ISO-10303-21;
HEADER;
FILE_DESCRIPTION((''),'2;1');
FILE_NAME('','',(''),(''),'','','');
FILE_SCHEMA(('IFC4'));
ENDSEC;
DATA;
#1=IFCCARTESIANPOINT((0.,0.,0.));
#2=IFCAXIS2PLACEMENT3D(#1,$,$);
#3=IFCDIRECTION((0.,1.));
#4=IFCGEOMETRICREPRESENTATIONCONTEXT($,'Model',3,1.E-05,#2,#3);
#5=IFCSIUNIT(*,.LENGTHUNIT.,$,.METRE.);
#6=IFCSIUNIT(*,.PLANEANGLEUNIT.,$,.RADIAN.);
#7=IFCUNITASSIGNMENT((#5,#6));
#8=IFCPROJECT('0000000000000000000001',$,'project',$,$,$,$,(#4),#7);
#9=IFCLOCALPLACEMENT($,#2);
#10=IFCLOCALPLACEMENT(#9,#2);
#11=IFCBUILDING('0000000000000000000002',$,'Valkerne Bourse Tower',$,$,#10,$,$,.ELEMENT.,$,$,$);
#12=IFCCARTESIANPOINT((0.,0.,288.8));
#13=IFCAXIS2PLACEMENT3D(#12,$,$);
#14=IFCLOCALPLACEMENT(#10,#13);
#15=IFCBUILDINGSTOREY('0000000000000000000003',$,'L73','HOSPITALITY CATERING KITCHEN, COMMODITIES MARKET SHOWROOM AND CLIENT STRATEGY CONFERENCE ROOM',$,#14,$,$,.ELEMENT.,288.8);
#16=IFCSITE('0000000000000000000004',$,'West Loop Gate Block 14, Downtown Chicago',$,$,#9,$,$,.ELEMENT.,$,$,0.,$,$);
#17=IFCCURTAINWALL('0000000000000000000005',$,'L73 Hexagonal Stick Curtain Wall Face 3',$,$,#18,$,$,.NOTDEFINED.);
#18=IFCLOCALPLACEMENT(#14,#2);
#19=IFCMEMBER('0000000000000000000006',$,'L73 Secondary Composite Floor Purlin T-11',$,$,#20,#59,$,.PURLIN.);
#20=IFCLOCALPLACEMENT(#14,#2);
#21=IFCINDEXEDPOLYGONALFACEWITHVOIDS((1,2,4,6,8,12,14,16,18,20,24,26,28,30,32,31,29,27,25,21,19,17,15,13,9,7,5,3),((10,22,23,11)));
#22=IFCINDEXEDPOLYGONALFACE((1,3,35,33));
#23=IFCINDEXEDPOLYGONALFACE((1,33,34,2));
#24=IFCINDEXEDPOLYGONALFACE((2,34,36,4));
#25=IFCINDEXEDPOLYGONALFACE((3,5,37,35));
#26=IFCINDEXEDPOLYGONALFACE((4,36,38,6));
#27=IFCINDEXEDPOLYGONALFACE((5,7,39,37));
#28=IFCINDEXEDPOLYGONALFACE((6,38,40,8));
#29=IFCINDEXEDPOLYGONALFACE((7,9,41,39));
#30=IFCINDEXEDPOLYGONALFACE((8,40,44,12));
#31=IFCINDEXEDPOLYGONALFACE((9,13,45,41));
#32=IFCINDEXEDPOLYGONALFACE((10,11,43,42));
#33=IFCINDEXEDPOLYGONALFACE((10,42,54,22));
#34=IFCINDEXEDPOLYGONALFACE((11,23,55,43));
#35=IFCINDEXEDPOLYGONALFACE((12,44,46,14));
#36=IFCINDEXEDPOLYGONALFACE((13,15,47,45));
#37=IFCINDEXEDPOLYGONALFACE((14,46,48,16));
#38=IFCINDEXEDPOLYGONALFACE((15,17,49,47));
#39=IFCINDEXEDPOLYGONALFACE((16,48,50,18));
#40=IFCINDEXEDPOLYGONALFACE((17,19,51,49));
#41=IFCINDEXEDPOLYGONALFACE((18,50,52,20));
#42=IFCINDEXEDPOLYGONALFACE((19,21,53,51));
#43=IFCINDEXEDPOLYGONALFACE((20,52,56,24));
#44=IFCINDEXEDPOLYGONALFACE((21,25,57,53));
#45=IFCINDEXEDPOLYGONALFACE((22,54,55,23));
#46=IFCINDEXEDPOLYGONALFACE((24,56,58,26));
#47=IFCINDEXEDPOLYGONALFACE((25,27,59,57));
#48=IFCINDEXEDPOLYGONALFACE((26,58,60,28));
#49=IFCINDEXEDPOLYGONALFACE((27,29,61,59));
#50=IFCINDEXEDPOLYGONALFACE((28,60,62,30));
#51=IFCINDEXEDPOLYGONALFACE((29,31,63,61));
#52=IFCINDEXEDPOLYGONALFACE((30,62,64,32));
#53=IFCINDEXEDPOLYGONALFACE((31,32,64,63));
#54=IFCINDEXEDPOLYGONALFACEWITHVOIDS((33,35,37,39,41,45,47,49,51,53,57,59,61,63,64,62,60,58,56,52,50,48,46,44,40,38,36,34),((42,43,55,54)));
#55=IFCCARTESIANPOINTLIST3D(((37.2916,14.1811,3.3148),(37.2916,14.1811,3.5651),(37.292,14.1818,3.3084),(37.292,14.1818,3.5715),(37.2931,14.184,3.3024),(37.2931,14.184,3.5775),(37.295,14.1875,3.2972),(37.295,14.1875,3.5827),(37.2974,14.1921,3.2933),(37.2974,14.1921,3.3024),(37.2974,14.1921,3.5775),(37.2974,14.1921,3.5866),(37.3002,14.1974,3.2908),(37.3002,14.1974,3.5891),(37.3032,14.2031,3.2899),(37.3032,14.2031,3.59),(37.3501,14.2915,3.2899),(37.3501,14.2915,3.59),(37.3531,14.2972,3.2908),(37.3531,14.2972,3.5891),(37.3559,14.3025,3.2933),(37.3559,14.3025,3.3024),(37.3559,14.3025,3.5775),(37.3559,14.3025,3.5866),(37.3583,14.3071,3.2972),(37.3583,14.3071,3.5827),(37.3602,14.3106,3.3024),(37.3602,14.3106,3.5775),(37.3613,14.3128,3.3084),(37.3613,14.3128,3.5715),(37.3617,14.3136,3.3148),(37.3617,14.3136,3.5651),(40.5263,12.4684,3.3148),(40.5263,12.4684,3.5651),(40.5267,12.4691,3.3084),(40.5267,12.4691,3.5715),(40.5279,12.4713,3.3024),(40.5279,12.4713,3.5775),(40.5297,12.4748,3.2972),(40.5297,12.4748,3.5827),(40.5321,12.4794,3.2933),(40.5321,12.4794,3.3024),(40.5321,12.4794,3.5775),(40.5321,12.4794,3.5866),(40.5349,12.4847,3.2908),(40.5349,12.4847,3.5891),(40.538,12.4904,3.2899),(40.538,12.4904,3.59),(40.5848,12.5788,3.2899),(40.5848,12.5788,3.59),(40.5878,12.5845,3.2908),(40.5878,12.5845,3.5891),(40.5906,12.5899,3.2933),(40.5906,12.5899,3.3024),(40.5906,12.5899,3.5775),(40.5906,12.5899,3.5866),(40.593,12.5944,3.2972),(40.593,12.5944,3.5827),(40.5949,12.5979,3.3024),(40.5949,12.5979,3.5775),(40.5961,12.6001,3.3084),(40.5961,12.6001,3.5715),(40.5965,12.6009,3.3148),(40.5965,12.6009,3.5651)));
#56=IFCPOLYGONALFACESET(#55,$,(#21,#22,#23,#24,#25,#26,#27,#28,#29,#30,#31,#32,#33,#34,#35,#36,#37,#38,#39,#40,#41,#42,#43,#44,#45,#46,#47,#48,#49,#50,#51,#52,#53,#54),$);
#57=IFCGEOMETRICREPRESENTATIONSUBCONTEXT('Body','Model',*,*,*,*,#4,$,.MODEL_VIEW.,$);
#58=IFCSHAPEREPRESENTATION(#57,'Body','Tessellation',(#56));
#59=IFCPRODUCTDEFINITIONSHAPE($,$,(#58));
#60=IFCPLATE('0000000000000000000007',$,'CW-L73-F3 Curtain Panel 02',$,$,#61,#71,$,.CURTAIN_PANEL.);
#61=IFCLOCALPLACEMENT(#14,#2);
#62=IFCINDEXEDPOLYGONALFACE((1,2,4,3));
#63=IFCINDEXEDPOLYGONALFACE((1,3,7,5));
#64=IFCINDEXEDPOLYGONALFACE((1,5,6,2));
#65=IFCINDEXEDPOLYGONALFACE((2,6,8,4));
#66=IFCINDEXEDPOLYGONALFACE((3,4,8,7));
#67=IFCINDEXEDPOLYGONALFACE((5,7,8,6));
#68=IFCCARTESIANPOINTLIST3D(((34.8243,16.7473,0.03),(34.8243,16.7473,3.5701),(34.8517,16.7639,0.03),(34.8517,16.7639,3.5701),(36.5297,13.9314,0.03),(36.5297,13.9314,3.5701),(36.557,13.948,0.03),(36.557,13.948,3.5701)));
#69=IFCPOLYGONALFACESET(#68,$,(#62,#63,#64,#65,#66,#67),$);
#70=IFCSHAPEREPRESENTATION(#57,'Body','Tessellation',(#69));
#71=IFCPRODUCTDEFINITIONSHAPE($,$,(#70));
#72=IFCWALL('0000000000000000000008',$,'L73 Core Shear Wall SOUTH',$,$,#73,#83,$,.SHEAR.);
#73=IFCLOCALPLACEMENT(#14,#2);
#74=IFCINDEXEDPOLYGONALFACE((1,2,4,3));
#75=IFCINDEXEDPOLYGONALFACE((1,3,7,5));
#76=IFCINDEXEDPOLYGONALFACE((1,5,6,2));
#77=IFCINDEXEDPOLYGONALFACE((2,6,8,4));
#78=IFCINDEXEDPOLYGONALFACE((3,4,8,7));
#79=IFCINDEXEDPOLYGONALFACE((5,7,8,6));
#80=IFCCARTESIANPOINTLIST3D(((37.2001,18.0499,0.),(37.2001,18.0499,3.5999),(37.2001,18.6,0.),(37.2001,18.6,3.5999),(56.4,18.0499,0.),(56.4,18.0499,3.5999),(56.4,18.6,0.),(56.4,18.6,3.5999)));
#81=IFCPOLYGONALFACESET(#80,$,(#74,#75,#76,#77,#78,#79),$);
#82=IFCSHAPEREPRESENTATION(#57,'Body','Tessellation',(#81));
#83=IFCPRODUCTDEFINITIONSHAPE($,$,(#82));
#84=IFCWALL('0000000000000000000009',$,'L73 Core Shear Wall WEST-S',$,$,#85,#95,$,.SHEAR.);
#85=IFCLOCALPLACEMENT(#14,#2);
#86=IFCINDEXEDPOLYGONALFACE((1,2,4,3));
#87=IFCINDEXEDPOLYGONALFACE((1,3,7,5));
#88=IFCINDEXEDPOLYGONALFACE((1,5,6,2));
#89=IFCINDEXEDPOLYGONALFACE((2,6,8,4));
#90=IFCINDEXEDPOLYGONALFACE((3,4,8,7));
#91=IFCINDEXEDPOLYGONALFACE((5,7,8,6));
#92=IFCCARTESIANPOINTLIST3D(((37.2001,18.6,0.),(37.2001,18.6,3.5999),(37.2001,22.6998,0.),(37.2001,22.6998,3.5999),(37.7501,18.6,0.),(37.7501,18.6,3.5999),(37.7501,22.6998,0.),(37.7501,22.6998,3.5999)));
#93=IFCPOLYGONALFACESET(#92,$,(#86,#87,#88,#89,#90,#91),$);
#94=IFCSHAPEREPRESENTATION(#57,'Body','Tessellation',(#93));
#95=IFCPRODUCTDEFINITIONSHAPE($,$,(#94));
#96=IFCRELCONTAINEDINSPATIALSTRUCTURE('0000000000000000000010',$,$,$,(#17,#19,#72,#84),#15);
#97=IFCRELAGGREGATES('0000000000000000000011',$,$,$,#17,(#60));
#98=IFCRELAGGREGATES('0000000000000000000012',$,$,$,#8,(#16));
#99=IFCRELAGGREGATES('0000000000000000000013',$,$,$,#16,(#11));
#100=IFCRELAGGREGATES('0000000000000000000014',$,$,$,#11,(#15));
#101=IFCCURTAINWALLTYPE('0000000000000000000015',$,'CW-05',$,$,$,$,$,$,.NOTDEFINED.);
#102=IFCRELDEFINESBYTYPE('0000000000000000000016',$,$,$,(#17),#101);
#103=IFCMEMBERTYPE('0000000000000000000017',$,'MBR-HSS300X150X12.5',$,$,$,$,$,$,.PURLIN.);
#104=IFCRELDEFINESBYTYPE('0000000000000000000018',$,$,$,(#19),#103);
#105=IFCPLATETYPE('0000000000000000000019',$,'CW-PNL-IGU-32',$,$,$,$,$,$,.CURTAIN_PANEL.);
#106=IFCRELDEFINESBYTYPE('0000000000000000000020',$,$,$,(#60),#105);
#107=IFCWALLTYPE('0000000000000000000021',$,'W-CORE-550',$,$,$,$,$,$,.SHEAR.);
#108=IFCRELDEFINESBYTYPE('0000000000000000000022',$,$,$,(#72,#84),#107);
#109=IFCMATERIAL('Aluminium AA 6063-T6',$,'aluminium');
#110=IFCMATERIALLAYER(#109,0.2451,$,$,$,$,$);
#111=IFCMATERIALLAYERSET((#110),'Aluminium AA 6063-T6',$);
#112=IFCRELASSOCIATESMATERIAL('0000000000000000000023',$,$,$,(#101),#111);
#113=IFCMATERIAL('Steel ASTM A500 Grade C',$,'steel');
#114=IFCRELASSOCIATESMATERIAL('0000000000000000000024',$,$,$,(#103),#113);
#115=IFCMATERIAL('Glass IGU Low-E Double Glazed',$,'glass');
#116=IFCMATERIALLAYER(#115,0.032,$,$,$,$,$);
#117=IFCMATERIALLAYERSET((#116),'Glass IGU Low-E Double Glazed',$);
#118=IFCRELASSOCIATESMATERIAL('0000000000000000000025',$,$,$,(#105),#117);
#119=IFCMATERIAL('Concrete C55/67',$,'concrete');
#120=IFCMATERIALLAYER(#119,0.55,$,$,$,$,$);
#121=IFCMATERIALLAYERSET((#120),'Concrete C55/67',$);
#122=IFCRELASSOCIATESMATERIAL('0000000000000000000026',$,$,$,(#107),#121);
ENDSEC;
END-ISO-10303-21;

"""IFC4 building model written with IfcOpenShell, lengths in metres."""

from ifc_helpers import new_model, si_unit, direction, frame, frame_2d, origin, origin_2d, place, context, subcontext, project, spatial, rectangle, hollow_rectangle, extrude, material, layer, layer_set, material_profile, profile_set, type_object, element, aggregate, save


model = new_model("IFC4")

# Units and contexts
model_context = context("Model", 3, precision=1e-05, world=origin(), true_north=direction((0.0, 1.0)))
body_context = subcontext(model_context, "Body", "Model", "MODEL_VIEW")
ifc_project = project(units=[si_unit("LENGTHUNIT", "METRE"), si_unit("PLANEANGLEUNIT", "RADIAN")], contexts=[model_context])

# Site, building, storey
site_placement = place(None, origin())
site = spatial("IfcSite", under=ifc_project, at=site_placement, Name="West Loop Gate Block 14, Downtown Chicago", CompositionType="ELEMENT", RefElevation=0.0)
building_placement = place(site_placement, origin())
building = spatial("IfcBuilding", under=site, at=building_placement, Name="Valkerne Bourse Tower", CompositionType="ELEMENT")
storey_placement = place(building_placement, frame((0.0, 0.0, 288.8)))
storey = spatial("IfcBuildingStorey", under=building, at=storey_placement, Name="L73", Description="HOSPITALITY CATERING KITCHEN, COMMODITIES MARKET SHOWROOM AND CLIENT STRATEGY CONFERENCE ROOM", CompositionType="ELEMENT", Elevation=288.8)

# Curtain wall
ifc_material_1 = material(Name="Aluminium AA 6063-T6", Category="aluminium")
ifc_layer_1 = layer(ifc_material_1, 0.2451)
ifc_layer_set_1 = layer_set([ifc_layer_1], Name="Aluminium AA 6063-T6")
curtain_wall_type = type_object("IfcCurtainWallType", Name="CW-05", PredefinedType="NOTDEFINED", material=ifc_layer_set_1)
curtain_wall_placement = place(storey_placement, origin())
curtain_wall = element("IfcCurtainWall", 1, at=curtain_wall_placement, inside=storey, type_object=curtain_wall_type, Name="L73 Hexagonal Stick Curtain Wall Face 3", PredefinedType="NOTDEFINED")

# Member
ifc_material_2 = material(Name="Steel ASTM A500 Grade C", Category="steel")
ifc_material_profile_1 = material_profile(ifc_material_2, hollow_rectangle(XDim=0.1499, YDim=0.3, WallThickness=0.0125, OuterFilletRadius=0.0249, at=origin_2d()), Name="HSS300X150X12.5")
ifc_profile_set_1 = profile_set([ifc_material_profile_1], Name="Steel ASTM A500 Grade C")
member_type_1 = type_object("IfcMemberType", Name="MBR-HSS300X150X12.5", PredefinedType="PURLIN", material=ifc_profile_set_1)
member_1_placement = place(storey_placement, frame((37.3267, 14.2473, 3.4399), z_axis=(0.883765, -0.467931, 0.0), x_axis=(0.467931, 0.883765, 0.0)))
element("IfcMember", 2, at=member_1_placement, inside=storey, type_object=member_type_1, Name="L73 Secondary Composite Floor Purlin T-11", PredefinedType="PURLIN", context=body_context, shape_type="SweptSolid", body=[
    extrude(hollow_rectangle(XDim=0.1499, YDim=0.3, WallThickness=0.0125, OuterFilletRadius=0.0249, at=origin_2d()), origin(), (0.0, 0.0, 1.0), 3.6602),
])

# Plate
ifc_material_3 = material(Name="Glass IGU Low-E Double Glazed", Category="glass")
ifc_layer_2 = layer(ifc_material_3, 0.032)
ifc_layer_set_2 = layer_set([ifc_layer_2], Name="Glass IGU Low-E Double Glazed")
plate_type = type_object("IfcPlateType", Name="CW-PNL-IGU-32", PredefinedType="CURTAIN_PANEL", material=ifc_layer_set_2)
plate_placement = place(storey_placement, frame((35.6907, 15.3477, 0.03), z_axis=(0.0, 0.0, 1.0), x_axis=(0.518021, -0.855368, 0.0)))
plate = element("IfcPlate", 3, at=plate_placement, type_object=plate_type, Name="CW-L73-F3 Curtain Panel 02", PredefinedType="CURTAIN_PANEL", context=body_context, shape_type="SweptSolid", body=[
    extrude(rectangle(XDim=3.292, YDim=0.032, at=origin_2d()), origin(), (0.0, 0.0, 1.0), 3.54),
])
aggregate(curtain_wall, [plate])

# Walls
ifc_material_4 = material(Name="Concrete C55/67", Category="concrete")
ifc_layer_3 = layer(ifc_material_4, 0.55)
ifc_layer_set_3 = layer_set([ifc_layer_3], Name="Concrete C55/67")
wall_type = type_object("IfcWallType", Name="W-CORE-550", PredefinedType="SHEAR", material=ifc_layer_set_3)
wall_1_placement = place(storey_placement, frame((37.2, 18.325, 0.0), z_axis=(0.0, 0.0, 1.0), x_axis=(1.0, 0.0, 0.0)))
element("IfcWall", 4, at=wall_1_placement, inside=storey, type_object=wall_type, Name="L73 Core Shear Wall SOUTH", PredefinedType="SHEAR", context=body_context, shape_type="SweptSolid", body=[
    extrude(rectangle(XDim=19.2, YDim=0.55, at=frame_2d((9.6001, 0.0))), origin(), (0.0, 0.0, 1.0), 3.5999),
])
wall_2_placement = place(storey_placement, frame((37.4751, 18.6001, 0.0), z_axis=(0.0, 0.0, 1.0), x_axis=(0.0, 1.0, 0.0)))
element("IfcWall", 5, at=wall_2_placement, inside=storey, type_object=wall_type, Name="L73 Core Shear Wall WEST-S", PredefinedType="SHEAR", context=body_context, shape_type="SweptSolid", body=[
    extrude(rectangle(XDim=4.0999, YDim=0.55, at=frame_2d((2.0498, 0.0))), origin(), (0.0, 0.0, 1.0), 3.5999),
])

save(model, "model.ifc")
